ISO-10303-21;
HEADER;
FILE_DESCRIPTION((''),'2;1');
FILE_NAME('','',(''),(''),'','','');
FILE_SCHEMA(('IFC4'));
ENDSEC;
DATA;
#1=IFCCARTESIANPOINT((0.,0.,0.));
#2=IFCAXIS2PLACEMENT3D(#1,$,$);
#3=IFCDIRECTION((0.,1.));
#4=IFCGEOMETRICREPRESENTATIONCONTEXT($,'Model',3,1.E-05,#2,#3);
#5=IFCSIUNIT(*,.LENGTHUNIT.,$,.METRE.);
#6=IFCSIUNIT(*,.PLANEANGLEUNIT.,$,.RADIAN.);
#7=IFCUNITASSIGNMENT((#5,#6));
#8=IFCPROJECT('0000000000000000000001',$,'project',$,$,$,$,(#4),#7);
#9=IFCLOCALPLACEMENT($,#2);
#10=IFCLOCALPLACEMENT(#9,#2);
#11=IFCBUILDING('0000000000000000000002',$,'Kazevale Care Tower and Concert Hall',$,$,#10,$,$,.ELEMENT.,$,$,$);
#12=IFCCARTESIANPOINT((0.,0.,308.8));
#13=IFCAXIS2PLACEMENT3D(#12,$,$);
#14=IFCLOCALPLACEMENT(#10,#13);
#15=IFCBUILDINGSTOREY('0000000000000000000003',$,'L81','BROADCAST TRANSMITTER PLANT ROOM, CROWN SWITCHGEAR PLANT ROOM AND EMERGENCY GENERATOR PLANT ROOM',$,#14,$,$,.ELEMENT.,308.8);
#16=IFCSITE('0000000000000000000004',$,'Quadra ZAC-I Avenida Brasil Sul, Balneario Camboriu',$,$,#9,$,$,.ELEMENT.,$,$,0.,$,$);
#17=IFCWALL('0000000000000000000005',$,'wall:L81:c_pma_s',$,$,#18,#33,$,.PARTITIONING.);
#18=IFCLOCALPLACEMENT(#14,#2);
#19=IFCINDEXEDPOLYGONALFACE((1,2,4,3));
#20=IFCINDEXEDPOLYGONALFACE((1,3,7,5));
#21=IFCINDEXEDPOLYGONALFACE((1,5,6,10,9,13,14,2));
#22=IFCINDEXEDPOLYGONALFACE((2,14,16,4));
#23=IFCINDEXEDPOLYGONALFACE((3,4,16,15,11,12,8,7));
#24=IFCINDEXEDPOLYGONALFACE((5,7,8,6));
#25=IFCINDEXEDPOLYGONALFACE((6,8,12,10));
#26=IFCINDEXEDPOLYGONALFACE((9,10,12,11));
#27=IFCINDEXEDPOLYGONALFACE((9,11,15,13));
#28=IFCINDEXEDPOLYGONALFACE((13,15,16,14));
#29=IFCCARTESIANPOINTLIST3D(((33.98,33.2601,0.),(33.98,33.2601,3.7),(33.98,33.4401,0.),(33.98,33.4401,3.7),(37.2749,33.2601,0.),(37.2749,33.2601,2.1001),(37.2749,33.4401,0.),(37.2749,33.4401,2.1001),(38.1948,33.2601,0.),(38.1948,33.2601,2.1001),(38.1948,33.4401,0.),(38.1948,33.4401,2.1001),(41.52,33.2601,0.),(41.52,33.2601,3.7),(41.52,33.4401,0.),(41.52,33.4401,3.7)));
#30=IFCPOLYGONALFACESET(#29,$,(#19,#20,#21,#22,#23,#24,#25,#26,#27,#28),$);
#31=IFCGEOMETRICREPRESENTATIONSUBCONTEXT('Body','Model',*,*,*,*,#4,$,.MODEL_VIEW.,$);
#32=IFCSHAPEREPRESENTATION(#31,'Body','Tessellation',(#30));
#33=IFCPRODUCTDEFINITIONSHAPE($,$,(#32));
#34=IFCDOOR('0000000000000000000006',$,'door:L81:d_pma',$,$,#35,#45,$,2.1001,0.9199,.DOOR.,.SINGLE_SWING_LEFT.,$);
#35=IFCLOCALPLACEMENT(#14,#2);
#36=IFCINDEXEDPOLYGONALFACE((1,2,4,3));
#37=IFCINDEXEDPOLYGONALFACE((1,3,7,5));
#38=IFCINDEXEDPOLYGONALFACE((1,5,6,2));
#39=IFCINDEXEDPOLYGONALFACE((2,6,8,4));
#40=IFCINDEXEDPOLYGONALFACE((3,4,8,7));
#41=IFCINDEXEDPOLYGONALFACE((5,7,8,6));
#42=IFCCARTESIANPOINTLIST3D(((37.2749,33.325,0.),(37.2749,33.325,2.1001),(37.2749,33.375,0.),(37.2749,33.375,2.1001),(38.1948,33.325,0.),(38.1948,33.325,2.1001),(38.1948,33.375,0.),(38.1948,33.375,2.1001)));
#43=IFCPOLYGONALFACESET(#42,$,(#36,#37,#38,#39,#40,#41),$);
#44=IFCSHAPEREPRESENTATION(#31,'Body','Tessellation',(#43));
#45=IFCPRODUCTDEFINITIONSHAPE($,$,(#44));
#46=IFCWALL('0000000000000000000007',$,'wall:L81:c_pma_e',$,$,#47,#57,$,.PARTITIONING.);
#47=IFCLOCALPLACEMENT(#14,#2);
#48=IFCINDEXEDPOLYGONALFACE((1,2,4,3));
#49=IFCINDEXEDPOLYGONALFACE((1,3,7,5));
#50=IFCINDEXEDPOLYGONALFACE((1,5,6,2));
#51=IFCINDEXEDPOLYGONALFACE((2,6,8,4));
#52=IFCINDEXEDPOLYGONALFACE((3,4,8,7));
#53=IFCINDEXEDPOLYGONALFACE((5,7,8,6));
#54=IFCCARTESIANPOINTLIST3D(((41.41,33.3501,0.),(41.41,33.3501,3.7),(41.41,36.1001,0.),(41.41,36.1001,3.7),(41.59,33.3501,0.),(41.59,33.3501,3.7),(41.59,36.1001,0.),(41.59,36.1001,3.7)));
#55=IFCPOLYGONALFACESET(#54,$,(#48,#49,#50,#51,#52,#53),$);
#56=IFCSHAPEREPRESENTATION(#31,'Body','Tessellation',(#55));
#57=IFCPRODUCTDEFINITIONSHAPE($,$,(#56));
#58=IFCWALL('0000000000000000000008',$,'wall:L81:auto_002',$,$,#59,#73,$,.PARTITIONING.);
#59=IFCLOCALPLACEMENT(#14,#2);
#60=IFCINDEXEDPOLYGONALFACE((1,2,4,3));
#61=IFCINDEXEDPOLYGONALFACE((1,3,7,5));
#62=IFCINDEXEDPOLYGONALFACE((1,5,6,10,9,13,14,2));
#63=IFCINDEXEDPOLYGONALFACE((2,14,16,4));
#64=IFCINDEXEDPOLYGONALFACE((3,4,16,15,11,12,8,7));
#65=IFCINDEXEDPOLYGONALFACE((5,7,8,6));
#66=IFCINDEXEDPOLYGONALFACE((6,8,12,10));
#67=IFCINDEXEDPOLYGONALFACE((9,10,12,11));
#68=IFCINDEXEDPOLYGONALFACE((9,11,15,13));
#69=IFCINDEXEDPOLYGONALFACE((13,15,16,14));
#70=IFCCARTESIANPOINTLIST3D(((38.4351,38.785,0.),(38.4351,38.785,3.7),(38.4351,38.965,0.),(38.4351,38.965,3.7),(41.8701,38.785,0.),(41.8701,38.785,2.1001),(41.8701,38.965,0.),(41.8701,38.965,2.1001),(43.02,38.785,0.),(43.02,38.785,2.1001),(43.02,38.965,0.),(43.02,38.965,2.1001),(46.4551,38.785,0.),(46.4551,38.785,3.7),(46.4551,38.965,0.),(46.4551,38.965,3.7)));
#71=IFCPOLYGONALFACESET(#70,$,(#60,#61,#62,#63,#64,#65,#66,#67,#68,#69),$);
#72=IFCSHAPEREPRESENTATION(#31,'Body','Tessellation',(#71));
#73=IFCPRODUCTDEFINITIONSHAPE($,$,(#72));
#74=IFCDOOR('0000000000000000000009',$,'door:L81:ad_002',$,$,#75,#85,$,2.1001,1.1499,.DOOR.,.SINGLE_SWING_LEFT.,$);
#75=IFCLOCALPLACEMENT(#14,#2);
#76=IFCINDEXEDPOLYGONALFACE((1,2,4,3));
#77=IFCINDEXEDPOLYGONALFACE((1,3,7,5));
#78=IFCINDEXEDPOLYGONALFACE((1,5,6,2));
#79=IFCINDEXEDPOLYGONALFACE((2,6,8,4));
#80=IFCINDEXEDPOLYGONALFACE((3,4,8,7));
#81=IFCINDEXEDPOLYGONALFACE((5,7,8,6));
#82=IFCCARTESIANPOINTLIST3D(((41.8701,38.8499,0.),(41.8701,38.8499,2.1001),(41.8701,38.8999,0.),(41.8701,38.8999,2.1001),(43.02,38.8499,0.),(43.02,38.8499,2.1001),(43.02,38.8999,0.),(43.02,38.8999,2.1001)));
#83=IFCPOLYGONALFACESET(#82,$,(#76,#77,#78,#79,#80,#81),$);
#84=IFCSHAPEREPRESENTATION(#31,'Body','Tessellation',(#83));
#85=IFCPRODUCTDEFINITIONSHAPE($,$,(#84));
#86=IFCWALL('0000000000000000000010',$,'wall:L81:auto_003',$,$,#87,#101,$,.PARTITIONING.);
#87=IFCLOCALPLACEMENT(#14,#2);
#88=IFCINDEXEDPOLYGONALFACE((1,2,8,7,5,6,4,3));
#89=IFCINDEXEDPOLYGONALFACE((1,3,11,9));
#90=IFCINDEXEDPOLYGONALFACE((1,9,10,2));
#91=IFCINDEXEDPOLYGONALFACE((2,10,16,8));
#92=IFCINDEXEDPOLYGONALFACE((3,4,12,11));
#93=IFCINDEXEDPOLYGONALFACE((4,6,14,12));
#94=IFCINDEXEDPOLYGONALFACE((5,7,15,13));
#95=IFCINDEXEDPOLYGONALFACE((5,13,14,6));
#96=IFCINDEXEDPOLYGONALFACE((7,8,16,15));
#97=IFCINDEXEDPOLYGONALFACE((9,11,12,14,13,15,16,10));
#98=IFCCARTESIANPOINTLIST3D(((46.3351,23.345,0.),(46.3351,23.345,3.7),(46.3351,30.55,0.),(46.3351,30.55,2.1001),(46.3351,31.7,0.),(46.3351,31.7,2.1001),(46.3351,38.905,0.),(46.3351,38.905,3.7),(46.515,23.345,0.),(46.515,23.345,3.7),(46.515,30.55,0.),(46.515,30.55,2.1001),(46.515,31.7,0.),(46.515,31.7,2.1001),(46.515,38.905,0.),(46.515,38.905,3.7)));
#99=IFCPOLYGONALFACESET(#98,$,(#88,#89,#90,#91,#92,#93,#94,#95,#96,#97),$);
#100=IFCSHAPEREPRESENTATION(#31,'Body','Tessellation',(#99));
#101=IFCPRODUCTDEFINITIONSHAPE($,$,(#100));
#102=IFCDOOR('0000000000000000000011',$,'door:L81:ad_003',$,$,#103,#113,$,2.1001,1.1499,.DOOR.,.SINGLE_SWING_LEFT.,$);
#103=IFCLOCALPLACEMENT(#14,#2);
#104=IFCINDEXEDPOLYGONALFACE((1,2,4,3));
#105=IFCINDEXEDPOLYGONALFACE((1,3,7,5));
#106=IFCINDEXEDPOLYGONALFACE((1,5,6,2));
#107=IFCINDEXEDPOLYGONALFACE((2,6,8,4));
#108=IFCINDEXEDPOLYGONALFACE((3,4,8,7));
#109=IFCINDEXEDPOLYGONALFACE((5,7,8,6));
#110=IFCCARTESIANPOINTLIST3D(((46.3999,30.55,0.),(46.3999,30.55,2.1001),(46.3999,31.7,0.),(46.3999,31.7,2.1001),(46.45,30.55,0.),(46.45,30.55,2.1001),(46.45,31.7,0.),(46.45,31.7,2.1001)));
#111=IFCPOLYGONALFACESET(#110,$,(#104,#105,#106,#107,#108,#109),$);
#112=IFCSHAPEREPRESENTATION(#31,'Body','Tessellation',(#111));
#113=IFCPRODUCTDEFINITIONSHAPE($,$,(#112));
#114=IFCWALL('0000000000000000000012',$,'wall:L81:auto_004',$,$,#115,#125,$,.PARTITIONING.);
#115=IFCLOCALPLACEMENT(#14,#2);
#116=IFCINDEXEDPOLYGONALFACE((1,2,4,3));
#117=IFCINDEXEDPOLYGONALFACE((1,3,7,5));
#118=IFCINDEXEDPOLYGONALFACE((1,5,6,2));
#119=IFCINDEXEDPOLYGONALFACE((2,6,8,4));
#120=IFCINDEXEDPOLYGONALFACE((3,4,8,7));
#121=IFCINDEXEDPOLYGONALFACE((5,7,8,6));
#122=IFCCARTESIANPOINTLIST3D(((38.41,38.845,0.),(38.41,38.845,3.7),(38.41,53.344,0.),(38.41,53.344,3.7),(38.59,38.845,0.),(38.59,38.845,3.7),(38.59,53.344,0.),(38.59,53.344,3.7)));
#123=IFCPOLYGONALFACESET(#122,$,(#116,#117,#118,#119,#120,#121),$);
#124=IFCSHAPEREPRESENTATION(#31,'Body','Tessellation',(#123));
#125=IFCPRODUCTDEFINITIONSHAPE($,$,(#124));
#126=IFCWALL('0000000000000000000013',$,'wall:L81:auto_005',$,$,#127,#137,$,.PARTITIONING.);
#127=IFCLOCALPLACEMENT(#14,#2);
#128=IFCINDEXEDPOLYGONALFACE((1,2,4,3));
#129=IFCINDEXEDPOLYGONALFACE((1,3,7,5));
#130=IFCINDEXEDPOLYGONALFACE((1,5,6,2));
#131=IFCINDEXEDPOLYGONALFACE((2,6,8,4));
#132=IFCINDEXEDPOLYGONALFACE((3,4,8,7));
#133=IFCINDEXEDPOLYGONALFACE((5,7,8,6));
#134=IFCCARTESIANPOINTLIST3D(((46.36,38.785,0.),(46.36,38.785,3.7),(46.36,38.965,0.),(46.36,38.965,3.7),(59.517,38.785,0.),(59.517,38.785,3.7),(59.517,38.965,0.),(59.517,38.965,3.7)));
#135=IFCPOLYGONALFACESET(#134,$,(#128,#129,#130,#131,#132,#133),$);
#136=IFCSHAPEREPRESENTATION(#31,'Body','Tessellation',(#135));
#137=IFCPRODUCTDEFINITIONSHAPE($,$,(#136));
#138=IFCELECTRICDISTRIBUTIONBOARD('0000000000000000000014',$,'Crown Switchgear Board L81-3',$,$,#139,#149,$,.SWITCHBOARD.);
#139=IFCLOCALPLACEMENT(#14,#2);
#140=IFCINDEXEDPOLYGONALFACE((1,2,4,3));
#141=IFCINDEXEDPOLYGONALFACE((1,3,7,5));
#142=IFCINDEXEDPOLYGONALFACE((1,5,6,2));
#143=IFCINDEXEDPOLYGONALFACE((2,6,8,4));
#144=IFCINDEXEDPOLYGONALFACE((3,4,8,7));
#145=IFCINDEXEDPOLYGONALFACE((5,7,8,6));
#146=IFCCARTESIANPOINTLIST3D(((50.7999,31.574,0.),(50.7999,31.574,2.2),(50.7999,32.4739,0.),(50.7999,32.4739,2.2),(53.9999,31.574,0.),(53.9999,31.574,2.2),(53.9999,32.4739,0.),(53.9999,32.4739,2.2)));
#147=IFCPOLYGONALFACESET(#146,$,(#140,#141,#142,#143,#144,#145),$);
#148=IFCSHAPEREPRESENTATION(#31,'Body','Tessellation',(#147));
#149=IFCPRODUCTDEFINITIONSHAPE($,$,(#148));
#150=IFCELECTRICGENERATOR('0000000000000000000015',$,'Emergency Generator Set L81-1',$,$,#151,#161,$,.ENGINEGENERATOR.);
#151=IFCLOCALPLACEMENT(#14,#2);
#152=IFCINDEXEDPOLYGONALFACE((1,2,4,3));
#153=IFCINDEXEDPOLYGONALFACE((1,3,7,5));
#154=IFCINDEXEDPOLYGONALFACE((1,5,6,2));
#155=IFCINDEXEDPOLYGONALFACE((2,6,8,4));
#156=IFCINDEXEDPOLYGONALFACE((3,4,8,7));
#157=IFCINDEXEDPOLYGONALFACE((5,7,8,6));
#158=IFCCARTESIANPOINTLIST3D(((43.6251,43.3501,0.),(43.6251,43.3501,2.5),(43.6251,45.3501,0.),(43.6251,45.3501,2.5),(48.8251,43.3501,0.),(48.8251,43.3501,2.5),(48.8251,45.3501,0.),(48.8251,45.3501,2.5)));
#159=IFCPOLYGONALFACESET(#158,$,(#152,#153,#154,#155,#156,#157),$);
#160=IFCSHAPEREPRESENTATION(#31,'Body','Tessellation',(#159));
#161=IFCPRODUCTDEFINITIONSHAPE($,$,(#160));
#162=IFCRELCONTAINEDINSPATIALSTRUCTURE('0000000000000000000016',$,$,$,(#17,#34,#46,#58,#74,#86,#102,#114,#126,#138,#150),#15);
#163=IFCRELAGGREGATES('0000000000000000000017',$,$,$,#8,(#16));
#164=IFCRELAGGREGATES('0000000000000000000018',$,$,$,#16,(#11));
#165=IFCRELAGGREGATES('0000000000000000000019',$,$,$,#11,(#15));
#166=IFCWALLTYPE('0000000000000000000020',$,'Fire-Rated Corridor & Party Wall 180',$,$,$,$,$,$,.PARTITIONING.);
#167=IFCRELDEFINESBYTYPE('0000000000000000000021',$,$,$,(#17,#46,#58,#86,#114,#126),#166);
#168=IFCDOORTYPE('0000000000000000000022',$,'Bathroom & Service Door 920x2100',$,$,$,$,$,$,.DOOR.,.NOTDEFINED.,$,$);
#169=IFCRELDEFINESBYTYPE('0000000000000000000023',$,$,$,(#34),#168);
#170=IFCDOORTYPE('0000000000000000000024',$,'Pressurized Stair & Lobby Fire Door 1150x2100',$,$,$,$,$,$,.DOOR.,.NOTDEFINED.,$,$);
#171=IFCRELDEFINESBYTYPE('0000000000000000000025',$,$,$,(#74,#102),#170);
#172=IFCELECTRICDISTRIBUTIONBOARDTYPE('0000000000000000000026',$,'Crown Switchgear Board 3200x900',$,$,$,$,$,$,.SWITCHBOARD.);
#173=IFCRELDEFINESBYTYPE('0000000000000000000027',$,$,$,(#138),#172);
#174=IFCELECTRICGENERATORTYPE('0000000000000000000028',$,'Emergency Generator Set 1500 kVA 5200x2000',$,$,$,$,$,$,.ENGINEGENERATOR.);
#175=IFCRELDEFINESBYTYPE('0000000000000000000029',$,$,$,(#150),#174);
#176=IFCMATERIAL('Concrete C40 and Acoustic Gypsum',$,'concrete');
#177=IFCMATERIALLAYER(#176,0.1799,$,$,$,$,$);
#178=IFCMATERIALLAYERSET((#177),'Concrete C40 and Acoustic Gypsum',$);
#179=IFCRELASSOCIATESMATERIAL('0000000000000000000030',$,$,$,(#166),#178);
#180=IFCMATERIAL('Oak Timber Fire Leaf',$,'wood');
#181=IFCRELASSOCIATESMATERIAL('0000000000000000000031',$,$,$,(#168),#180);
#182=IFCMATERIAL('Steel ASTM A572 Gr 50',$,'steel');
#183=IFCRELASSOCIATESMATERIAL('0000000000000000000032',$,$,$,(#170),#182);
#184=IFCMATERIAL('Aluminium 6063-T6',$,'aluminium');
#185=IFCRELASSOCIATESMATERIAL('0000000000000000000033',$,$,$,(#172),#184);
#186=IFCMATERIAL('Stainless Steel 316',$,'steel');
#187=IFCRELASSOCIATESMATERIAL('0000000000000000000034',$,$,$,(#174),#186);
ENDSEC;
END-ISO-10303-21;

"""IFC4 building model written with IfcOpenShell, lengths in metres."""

from ifc_helpers import new_model, si_unit, direction, frame, frame_2d, origin, origin_2d, place, context, subcontext, project, spatial, rectangle, extrude, material, layer, layer_set, type_object, element, fill, save


model = new_model("IFC4")

# Units and contexts
model_context = context("Model", 3, precision=1e-05, world=origin(), true_north=direction((0.0, 1.0)))
body_context = subcontext(model_context, "Body", "Model", "MODEL_VIEW")
ifc_project = project(units=[si_unit("LENGTHUNIT", "METRE"), si_unit("PLANEANGLEUNIT", "RADIAN")], contexts=[model_context])

# Site, building, storey
site_placement = place(None, origin())
site = spatial("IfcSite", under=ifc_project, at=site_placement, Name="Quadra ZAC-I Avenida Brasil Sul, Balneario Camboriu", CompositionType="ELEMENT", RefElevation=0.0)
building_placement = place(site_placement, origin())
building = spatial("IfcBuilding", under=site, at=building_placement, Name="Kazevale Care Tower and Concert Hall", CompositionType="ELEMENT")
storey_placement = place(building_placement, frame((0.0, 0.0, 308.8)))
storey = spatial("IfcBuildingStorey", under=building, at=storey_placement, Name="L81", Description="BROADCAST TRANSMITTER PLANT ROOM, CROWN SWITCHGEAR PLANT ROOM AND EMERGENCY GENERATOR PLANT ROOM", CompositionType="ELEMENT", Elevation=308.8)

# Shared definitions
ifc_material_1 = material(Name="Steel ASTM A572 Gr 50", Category="steel")

# Shared definitions
ifc_material_2 = material(Name="Aluminium 6063-T6", Category="aluminium")

# Shared definitions
ifc_material_3 = material(Name="Concrete C40 and Acoustic Gypsum", Category="concrete")
ifc_layer_1 = layer(ifc_material_3, 0.1799)
ifc_layer_set_1 = layer_set([ifc_layer_1], Name="Concrete C40 and Acoustic Gypsum")
wall_type_1 = type_object("IfcWallType", Name="Fire-Rated Corridor & Party Wall 180", PredefinedType="PARTITIONING", material=ifc_layer_set_1)

# Wall, opening, door
wall_1_placement = place(storey_placement, frame((33.98, 33.3501, 0.0), z_axis=(0.0, 0.0, 1.0), x_axis=(1.0, 0.0, 0.0)))
wall_1 = element("IfcWall", 1, at=wall_1_placement, inside=storey, type_object=wall_type_1, Name="wall:L81:c_pma_s", PredefinedType="PARTITIONING", context=body_context, shape_type="SweptSolid", body=[
    extrude(rectangle(XDim=7.54, YDim=0.1799, at=frame_2d((3.77, 0.0))), origin(), (0.0, 0.0, 1.0), 3.7),
])
opening_1_placement = place(wall_1_placement, frame((3.2949, 0.0, 0.0)))
opening_1 = element("IfcOpeningElement", 2, at=opening_1_placement, cuts=wall_1, PredefinedType="OPENING", context=body_context, shape_type="SweptSolid", body=[
    extrude(rectangle(XDim=0.9199, YDim=2.1001, at=frame_2d((0.46, 1.05))), frame((0.0, 0.0999, 0.0), z_axis=(0.0, -1.0, 0.0), x_axis=(1.0, 0.0, 0.0)), (0.0, 0.0, 1.0), 0.2),
])
ifc_material_4 = material(Name="Oak Timber Fire Leaf", Category="wood")
door_type_1 = type_object("IfcDoorType", Name="Bathroom & Service Door 920x2100", OperationType="NOTDEFINED", PredefinedType="DOOR", material=ifc_material_4)
door_1_placement = place(opening_1_placement, origin())
door_1 = element("IfcDoor", 3, at=door_1_placement, inside=storey, type_object=door_type_1, Name="door:L81:d_pma", OperationType="SINGLE_SWING_LEFT", OverallHeight=2.1001, OverallWidth=0.9199, PredefinedType="DOOR", context=body_context, shape_type="SweptSolid", body=[
    extrude(rectangle(XDim=0.9199, YDim=2.1001, at=frame_2d((0.46, 1.05))), frame((0.0, 0.0249, 0.0), z_axis=(0.0, -1.0, 0.0), x_axis=(1.0, 0.0, 0.0)), (0.0, 0.0, 1.0), 0.05),
])
fill(opening_1, door_1)

# Wall
wall_2_placement = place(storey_placement, frame((41.5, 33.3501, 0.0), z_axis=(0.0, 0.0, 1.0), x_axis=(0.0, 1.0, 0.0)))
element("IfcWall", 4, at=wall_2_placement, inside=storey, type_object=wall_type_1, Name="wall:L81:c_pma_e", PredefinedType="PARTITIONING", context=body_context, shape_type="SweptSolid", body=[
    extrude(rectangle(XDim=2.75, YDim=0.1799, at=frame_2d((1.375, 0.0))), origin(), (0.0, 0.0, 1.0), 3.7),
])

# Walls, openings, doors
wall_3_placement = place(storey_placement, frame((38.4351, 38.875, 0.0), z_axis=(0.0, 0.0, 1.0), x_axis=(1.0, 0.0, 0.0)))
wall_3 = element("IfcWall", 5, at=wall_3_placement, inside=storey, type_object=wall_type_1, Name="wall:L81:auto_002", PredefinedType="PARTITIONING", context=body_context, shape_type="SweptSolid", body=[
    extrude(rectangle(XDim=8.02, YDim=0.1799, at=frame_2d((4.01, 0.0))), origin(), (0.0, 0.0, 1.0), 3.7),
])
opening_2_placement = place(wall_3_placement, frame((3.4351, 0.0, 0.0)))
opening_2 = element("IfcOpeningElement", 6, at=opening_2_placement, cuts=wall_3, PredefinedType="OPENING", context=body_context, shape_type="SweptSolid", body=[
    extrude(rectangle(XDim=1.1499, YDim=2.1001, at=frame_2d((0.575, 1.05))), frame((0.0, 0.0999, 0.0), z_axis=(0.0, -1.0, 0.0), x_axis=(1.0, 0.0, 0.0)), (0.0, 0.0, 1.0), 0.2),
])
door_type_2 = type_object("IfcDoorType", Name="Pressurized Stair & Lobby Fire Door 1150x2100", OperationType="NOTDEFINED", PredefinedType="DOOR", material=ifc_material_1)
door_2_placement = place(opening_2_placement, origin())
door_2 = element("IfcDoor", 7, at=door_2_placement, inside=storey, type_object=door_type_2, Name="door:L81:ad_002", OperationType="SINGLE_SWING_LEFT", OverallHeight=2.1001, OverallWidth=1.1499, PredefinedType="DOOR", context=body_context, shape_type="SweptSolid", body=[
    extrude(rectangle(XDim=1.1499, YDim=2.1001, at=frame_2d((0.575, 1.05))), frame((0.0, 0.0249, 0.0), z_axis=(0.0, -1.0, 0.0), x_axis=(1.0, 0.0, 0.0)), (0.0, 0.0, 1.0), 0.05),
])
fill(opening_2, door_2)
wall_4_placement = place(storey_placement, frame((46.425, 38.905, 0.0), z_axis=(0.0, 0.0, 1.0), x_axis=(0.0, -1.0, 0.0)))
wall_4 = element("IfcWall", 8, at=wall_4_placement, inside=storey, type_object=wall_type_1, Name="wall:L81:auto_003", PredefinedType="PARTITIONING", context=body_context, shape_type="SweptSolid", body=[
    extrude(rectangle(XDim=15.5601, YDim=0.1799, at=frame_2d((7.78, 0.0))), origin(), (0.0, 0.0, 1.0), 3.7),
])
opening_3_placement = place(wall_4_placement, frame((7.2051, 0.0, 0.0)))
opening_3 = element("IfcOpeningElement", 9, at=opening_3_placement, cuts=wall_4, PredefinedType="OPENING", context=body_context, shape_type="SweptSolid", body=[
    extrude(rectangle(XDim=1.1499, YDim=2.1001, at=frame_2d((0.575, 1.05))), frame((0.0, 0.0999, 0.0), z_axis=(0.0, -1.0, 0.0), x_axis=(1.0, 0.0, 0.0)), (0.0, 0.0, 1.0), 0.2),
])
door_3_placement = place(opening_3_placement, origin())
door_3 = element("IfcDoor", 10, at=door_3_placement, inside=storey, type_object=door_type_2, Name="door:L81:ad_003", OperationType="SINGLE_SWING_LEFT", OverallHeight=2.1001, OverallWidth=1.1499, PredefinedType="DOOR", context=body_context, shape_type="SweptSolid", body=[
    extrude(rectangle(XDim=1.1499, YDim=2.1001, at=frame_2d((0.575, 1.05))), frame((0.0, 0.0249, 0.0), z_axis=(0.0, -1.0, 0.0), x_axis=(1.0, 0.0, 0.0)), (0.0, 0.0, 1.0), 0.05),
])
fill(opening_3, door_3)

# Walls
wall_5_placement = place(storey_placement, frame((38.5, 53.344, 0.0), z_axis=(0.0, 0.0, 1.0), x_axis=(0.0, -1.0, 0.0)))
element("IfcWall", 11, at=wall_5_placement, inside=storey, type_object=wall_type_1, Name="wall:L81:auto_004", PredefinedType="PARTITIONING", context=body_context, shape_type="SweptSolid", body=[
    extrude(rectangle(XDim=14.499, YDim=0.1799, at=frame_2d((7.2495, 0.0))), origin(), (0.0, 0.0, 1.0), 3.7),
])
wall_6_placement = place(storey_placement, frame((59.5171, 38.875, 0.0), z_axis=(0.0, 0.0, 1.0), x_axis=(-1.0, 0.0, 0.0)))
element("IfcWall", 12, at=wall_6_placement, inside=storey, type_object=wall_type_1, Name="wall:L81:auto_005", PredefinedType="PARTITIONING", context=body_context, shape_type="SweptSolid", body=[
    extrude(rectangle(XDim=13.157, YDim=0.1799, at=frame_2d((6.5786, 0.0))), origin(), (0.0, 0.0, 1.0), 3.7),
])

# Electric distribution board
electric_distribution_board_type = type_object("IfcElectricDistributionBoardType", Name="Crown Switchgear Board 3200x900", PredefinedType="SWITCHBOARD", material=ifc_material_2)
electric_distribution_board_placement = place(storey_placement, frame((52.3999, 32.0239, 0.0), z_axis=(0.0, 0.0, 1.0), x_axis=(1.0, 0.0, 0.0)))
element("IfcElectricDistributionBoard", 13, at=electric_distribution_board_placement, inside=storey, type_object=electric_distribution_board_type, Name="Crown Switchgear Board L81-3", PredefinedType="SWITCHBOARD", context=body_context, shape_type="SweptSolid", body=[
    extrude(rectangle(XDim=3.2, YDim=0.8999, at=origin_2d()), origin(), (0.0, 0.0, 1.0), 2.2),
])

# Electric generator
ifc_material_5 = material(Name="Stainless Steel 316", Category="steel")
electric_generator_type = type_object("IfcElectricGeneratorType", Name="Emergency Generator Set 1500 kVA 5200x2000", PredefinedType="ENGINEGENERATOR", material=ifc_material_5)
electric_generator_placement = place(storey_placement, frame((46.2251, 44.3501, 0.0), z_axis=(0.0, 0.0, 1.0), x_axis=(1.0, 0.0, 0.0)))
element("IfcElectricGenerator", 14, at=electric_generator_placement, inside=storey, type_object=electric_generator_type, Name="Emergency Generator Set L81-1", PredefinedType="ENGINEGENERATOR", context=body_context, shape_type="SweptSolid", body=[
    extrude(rectangle(XDim=5.2, YDim=2.0, at=origin_2d()), origin(), (0.0, 0.0, 1.0), 2.5),
])

save(model, "model.ifc")
